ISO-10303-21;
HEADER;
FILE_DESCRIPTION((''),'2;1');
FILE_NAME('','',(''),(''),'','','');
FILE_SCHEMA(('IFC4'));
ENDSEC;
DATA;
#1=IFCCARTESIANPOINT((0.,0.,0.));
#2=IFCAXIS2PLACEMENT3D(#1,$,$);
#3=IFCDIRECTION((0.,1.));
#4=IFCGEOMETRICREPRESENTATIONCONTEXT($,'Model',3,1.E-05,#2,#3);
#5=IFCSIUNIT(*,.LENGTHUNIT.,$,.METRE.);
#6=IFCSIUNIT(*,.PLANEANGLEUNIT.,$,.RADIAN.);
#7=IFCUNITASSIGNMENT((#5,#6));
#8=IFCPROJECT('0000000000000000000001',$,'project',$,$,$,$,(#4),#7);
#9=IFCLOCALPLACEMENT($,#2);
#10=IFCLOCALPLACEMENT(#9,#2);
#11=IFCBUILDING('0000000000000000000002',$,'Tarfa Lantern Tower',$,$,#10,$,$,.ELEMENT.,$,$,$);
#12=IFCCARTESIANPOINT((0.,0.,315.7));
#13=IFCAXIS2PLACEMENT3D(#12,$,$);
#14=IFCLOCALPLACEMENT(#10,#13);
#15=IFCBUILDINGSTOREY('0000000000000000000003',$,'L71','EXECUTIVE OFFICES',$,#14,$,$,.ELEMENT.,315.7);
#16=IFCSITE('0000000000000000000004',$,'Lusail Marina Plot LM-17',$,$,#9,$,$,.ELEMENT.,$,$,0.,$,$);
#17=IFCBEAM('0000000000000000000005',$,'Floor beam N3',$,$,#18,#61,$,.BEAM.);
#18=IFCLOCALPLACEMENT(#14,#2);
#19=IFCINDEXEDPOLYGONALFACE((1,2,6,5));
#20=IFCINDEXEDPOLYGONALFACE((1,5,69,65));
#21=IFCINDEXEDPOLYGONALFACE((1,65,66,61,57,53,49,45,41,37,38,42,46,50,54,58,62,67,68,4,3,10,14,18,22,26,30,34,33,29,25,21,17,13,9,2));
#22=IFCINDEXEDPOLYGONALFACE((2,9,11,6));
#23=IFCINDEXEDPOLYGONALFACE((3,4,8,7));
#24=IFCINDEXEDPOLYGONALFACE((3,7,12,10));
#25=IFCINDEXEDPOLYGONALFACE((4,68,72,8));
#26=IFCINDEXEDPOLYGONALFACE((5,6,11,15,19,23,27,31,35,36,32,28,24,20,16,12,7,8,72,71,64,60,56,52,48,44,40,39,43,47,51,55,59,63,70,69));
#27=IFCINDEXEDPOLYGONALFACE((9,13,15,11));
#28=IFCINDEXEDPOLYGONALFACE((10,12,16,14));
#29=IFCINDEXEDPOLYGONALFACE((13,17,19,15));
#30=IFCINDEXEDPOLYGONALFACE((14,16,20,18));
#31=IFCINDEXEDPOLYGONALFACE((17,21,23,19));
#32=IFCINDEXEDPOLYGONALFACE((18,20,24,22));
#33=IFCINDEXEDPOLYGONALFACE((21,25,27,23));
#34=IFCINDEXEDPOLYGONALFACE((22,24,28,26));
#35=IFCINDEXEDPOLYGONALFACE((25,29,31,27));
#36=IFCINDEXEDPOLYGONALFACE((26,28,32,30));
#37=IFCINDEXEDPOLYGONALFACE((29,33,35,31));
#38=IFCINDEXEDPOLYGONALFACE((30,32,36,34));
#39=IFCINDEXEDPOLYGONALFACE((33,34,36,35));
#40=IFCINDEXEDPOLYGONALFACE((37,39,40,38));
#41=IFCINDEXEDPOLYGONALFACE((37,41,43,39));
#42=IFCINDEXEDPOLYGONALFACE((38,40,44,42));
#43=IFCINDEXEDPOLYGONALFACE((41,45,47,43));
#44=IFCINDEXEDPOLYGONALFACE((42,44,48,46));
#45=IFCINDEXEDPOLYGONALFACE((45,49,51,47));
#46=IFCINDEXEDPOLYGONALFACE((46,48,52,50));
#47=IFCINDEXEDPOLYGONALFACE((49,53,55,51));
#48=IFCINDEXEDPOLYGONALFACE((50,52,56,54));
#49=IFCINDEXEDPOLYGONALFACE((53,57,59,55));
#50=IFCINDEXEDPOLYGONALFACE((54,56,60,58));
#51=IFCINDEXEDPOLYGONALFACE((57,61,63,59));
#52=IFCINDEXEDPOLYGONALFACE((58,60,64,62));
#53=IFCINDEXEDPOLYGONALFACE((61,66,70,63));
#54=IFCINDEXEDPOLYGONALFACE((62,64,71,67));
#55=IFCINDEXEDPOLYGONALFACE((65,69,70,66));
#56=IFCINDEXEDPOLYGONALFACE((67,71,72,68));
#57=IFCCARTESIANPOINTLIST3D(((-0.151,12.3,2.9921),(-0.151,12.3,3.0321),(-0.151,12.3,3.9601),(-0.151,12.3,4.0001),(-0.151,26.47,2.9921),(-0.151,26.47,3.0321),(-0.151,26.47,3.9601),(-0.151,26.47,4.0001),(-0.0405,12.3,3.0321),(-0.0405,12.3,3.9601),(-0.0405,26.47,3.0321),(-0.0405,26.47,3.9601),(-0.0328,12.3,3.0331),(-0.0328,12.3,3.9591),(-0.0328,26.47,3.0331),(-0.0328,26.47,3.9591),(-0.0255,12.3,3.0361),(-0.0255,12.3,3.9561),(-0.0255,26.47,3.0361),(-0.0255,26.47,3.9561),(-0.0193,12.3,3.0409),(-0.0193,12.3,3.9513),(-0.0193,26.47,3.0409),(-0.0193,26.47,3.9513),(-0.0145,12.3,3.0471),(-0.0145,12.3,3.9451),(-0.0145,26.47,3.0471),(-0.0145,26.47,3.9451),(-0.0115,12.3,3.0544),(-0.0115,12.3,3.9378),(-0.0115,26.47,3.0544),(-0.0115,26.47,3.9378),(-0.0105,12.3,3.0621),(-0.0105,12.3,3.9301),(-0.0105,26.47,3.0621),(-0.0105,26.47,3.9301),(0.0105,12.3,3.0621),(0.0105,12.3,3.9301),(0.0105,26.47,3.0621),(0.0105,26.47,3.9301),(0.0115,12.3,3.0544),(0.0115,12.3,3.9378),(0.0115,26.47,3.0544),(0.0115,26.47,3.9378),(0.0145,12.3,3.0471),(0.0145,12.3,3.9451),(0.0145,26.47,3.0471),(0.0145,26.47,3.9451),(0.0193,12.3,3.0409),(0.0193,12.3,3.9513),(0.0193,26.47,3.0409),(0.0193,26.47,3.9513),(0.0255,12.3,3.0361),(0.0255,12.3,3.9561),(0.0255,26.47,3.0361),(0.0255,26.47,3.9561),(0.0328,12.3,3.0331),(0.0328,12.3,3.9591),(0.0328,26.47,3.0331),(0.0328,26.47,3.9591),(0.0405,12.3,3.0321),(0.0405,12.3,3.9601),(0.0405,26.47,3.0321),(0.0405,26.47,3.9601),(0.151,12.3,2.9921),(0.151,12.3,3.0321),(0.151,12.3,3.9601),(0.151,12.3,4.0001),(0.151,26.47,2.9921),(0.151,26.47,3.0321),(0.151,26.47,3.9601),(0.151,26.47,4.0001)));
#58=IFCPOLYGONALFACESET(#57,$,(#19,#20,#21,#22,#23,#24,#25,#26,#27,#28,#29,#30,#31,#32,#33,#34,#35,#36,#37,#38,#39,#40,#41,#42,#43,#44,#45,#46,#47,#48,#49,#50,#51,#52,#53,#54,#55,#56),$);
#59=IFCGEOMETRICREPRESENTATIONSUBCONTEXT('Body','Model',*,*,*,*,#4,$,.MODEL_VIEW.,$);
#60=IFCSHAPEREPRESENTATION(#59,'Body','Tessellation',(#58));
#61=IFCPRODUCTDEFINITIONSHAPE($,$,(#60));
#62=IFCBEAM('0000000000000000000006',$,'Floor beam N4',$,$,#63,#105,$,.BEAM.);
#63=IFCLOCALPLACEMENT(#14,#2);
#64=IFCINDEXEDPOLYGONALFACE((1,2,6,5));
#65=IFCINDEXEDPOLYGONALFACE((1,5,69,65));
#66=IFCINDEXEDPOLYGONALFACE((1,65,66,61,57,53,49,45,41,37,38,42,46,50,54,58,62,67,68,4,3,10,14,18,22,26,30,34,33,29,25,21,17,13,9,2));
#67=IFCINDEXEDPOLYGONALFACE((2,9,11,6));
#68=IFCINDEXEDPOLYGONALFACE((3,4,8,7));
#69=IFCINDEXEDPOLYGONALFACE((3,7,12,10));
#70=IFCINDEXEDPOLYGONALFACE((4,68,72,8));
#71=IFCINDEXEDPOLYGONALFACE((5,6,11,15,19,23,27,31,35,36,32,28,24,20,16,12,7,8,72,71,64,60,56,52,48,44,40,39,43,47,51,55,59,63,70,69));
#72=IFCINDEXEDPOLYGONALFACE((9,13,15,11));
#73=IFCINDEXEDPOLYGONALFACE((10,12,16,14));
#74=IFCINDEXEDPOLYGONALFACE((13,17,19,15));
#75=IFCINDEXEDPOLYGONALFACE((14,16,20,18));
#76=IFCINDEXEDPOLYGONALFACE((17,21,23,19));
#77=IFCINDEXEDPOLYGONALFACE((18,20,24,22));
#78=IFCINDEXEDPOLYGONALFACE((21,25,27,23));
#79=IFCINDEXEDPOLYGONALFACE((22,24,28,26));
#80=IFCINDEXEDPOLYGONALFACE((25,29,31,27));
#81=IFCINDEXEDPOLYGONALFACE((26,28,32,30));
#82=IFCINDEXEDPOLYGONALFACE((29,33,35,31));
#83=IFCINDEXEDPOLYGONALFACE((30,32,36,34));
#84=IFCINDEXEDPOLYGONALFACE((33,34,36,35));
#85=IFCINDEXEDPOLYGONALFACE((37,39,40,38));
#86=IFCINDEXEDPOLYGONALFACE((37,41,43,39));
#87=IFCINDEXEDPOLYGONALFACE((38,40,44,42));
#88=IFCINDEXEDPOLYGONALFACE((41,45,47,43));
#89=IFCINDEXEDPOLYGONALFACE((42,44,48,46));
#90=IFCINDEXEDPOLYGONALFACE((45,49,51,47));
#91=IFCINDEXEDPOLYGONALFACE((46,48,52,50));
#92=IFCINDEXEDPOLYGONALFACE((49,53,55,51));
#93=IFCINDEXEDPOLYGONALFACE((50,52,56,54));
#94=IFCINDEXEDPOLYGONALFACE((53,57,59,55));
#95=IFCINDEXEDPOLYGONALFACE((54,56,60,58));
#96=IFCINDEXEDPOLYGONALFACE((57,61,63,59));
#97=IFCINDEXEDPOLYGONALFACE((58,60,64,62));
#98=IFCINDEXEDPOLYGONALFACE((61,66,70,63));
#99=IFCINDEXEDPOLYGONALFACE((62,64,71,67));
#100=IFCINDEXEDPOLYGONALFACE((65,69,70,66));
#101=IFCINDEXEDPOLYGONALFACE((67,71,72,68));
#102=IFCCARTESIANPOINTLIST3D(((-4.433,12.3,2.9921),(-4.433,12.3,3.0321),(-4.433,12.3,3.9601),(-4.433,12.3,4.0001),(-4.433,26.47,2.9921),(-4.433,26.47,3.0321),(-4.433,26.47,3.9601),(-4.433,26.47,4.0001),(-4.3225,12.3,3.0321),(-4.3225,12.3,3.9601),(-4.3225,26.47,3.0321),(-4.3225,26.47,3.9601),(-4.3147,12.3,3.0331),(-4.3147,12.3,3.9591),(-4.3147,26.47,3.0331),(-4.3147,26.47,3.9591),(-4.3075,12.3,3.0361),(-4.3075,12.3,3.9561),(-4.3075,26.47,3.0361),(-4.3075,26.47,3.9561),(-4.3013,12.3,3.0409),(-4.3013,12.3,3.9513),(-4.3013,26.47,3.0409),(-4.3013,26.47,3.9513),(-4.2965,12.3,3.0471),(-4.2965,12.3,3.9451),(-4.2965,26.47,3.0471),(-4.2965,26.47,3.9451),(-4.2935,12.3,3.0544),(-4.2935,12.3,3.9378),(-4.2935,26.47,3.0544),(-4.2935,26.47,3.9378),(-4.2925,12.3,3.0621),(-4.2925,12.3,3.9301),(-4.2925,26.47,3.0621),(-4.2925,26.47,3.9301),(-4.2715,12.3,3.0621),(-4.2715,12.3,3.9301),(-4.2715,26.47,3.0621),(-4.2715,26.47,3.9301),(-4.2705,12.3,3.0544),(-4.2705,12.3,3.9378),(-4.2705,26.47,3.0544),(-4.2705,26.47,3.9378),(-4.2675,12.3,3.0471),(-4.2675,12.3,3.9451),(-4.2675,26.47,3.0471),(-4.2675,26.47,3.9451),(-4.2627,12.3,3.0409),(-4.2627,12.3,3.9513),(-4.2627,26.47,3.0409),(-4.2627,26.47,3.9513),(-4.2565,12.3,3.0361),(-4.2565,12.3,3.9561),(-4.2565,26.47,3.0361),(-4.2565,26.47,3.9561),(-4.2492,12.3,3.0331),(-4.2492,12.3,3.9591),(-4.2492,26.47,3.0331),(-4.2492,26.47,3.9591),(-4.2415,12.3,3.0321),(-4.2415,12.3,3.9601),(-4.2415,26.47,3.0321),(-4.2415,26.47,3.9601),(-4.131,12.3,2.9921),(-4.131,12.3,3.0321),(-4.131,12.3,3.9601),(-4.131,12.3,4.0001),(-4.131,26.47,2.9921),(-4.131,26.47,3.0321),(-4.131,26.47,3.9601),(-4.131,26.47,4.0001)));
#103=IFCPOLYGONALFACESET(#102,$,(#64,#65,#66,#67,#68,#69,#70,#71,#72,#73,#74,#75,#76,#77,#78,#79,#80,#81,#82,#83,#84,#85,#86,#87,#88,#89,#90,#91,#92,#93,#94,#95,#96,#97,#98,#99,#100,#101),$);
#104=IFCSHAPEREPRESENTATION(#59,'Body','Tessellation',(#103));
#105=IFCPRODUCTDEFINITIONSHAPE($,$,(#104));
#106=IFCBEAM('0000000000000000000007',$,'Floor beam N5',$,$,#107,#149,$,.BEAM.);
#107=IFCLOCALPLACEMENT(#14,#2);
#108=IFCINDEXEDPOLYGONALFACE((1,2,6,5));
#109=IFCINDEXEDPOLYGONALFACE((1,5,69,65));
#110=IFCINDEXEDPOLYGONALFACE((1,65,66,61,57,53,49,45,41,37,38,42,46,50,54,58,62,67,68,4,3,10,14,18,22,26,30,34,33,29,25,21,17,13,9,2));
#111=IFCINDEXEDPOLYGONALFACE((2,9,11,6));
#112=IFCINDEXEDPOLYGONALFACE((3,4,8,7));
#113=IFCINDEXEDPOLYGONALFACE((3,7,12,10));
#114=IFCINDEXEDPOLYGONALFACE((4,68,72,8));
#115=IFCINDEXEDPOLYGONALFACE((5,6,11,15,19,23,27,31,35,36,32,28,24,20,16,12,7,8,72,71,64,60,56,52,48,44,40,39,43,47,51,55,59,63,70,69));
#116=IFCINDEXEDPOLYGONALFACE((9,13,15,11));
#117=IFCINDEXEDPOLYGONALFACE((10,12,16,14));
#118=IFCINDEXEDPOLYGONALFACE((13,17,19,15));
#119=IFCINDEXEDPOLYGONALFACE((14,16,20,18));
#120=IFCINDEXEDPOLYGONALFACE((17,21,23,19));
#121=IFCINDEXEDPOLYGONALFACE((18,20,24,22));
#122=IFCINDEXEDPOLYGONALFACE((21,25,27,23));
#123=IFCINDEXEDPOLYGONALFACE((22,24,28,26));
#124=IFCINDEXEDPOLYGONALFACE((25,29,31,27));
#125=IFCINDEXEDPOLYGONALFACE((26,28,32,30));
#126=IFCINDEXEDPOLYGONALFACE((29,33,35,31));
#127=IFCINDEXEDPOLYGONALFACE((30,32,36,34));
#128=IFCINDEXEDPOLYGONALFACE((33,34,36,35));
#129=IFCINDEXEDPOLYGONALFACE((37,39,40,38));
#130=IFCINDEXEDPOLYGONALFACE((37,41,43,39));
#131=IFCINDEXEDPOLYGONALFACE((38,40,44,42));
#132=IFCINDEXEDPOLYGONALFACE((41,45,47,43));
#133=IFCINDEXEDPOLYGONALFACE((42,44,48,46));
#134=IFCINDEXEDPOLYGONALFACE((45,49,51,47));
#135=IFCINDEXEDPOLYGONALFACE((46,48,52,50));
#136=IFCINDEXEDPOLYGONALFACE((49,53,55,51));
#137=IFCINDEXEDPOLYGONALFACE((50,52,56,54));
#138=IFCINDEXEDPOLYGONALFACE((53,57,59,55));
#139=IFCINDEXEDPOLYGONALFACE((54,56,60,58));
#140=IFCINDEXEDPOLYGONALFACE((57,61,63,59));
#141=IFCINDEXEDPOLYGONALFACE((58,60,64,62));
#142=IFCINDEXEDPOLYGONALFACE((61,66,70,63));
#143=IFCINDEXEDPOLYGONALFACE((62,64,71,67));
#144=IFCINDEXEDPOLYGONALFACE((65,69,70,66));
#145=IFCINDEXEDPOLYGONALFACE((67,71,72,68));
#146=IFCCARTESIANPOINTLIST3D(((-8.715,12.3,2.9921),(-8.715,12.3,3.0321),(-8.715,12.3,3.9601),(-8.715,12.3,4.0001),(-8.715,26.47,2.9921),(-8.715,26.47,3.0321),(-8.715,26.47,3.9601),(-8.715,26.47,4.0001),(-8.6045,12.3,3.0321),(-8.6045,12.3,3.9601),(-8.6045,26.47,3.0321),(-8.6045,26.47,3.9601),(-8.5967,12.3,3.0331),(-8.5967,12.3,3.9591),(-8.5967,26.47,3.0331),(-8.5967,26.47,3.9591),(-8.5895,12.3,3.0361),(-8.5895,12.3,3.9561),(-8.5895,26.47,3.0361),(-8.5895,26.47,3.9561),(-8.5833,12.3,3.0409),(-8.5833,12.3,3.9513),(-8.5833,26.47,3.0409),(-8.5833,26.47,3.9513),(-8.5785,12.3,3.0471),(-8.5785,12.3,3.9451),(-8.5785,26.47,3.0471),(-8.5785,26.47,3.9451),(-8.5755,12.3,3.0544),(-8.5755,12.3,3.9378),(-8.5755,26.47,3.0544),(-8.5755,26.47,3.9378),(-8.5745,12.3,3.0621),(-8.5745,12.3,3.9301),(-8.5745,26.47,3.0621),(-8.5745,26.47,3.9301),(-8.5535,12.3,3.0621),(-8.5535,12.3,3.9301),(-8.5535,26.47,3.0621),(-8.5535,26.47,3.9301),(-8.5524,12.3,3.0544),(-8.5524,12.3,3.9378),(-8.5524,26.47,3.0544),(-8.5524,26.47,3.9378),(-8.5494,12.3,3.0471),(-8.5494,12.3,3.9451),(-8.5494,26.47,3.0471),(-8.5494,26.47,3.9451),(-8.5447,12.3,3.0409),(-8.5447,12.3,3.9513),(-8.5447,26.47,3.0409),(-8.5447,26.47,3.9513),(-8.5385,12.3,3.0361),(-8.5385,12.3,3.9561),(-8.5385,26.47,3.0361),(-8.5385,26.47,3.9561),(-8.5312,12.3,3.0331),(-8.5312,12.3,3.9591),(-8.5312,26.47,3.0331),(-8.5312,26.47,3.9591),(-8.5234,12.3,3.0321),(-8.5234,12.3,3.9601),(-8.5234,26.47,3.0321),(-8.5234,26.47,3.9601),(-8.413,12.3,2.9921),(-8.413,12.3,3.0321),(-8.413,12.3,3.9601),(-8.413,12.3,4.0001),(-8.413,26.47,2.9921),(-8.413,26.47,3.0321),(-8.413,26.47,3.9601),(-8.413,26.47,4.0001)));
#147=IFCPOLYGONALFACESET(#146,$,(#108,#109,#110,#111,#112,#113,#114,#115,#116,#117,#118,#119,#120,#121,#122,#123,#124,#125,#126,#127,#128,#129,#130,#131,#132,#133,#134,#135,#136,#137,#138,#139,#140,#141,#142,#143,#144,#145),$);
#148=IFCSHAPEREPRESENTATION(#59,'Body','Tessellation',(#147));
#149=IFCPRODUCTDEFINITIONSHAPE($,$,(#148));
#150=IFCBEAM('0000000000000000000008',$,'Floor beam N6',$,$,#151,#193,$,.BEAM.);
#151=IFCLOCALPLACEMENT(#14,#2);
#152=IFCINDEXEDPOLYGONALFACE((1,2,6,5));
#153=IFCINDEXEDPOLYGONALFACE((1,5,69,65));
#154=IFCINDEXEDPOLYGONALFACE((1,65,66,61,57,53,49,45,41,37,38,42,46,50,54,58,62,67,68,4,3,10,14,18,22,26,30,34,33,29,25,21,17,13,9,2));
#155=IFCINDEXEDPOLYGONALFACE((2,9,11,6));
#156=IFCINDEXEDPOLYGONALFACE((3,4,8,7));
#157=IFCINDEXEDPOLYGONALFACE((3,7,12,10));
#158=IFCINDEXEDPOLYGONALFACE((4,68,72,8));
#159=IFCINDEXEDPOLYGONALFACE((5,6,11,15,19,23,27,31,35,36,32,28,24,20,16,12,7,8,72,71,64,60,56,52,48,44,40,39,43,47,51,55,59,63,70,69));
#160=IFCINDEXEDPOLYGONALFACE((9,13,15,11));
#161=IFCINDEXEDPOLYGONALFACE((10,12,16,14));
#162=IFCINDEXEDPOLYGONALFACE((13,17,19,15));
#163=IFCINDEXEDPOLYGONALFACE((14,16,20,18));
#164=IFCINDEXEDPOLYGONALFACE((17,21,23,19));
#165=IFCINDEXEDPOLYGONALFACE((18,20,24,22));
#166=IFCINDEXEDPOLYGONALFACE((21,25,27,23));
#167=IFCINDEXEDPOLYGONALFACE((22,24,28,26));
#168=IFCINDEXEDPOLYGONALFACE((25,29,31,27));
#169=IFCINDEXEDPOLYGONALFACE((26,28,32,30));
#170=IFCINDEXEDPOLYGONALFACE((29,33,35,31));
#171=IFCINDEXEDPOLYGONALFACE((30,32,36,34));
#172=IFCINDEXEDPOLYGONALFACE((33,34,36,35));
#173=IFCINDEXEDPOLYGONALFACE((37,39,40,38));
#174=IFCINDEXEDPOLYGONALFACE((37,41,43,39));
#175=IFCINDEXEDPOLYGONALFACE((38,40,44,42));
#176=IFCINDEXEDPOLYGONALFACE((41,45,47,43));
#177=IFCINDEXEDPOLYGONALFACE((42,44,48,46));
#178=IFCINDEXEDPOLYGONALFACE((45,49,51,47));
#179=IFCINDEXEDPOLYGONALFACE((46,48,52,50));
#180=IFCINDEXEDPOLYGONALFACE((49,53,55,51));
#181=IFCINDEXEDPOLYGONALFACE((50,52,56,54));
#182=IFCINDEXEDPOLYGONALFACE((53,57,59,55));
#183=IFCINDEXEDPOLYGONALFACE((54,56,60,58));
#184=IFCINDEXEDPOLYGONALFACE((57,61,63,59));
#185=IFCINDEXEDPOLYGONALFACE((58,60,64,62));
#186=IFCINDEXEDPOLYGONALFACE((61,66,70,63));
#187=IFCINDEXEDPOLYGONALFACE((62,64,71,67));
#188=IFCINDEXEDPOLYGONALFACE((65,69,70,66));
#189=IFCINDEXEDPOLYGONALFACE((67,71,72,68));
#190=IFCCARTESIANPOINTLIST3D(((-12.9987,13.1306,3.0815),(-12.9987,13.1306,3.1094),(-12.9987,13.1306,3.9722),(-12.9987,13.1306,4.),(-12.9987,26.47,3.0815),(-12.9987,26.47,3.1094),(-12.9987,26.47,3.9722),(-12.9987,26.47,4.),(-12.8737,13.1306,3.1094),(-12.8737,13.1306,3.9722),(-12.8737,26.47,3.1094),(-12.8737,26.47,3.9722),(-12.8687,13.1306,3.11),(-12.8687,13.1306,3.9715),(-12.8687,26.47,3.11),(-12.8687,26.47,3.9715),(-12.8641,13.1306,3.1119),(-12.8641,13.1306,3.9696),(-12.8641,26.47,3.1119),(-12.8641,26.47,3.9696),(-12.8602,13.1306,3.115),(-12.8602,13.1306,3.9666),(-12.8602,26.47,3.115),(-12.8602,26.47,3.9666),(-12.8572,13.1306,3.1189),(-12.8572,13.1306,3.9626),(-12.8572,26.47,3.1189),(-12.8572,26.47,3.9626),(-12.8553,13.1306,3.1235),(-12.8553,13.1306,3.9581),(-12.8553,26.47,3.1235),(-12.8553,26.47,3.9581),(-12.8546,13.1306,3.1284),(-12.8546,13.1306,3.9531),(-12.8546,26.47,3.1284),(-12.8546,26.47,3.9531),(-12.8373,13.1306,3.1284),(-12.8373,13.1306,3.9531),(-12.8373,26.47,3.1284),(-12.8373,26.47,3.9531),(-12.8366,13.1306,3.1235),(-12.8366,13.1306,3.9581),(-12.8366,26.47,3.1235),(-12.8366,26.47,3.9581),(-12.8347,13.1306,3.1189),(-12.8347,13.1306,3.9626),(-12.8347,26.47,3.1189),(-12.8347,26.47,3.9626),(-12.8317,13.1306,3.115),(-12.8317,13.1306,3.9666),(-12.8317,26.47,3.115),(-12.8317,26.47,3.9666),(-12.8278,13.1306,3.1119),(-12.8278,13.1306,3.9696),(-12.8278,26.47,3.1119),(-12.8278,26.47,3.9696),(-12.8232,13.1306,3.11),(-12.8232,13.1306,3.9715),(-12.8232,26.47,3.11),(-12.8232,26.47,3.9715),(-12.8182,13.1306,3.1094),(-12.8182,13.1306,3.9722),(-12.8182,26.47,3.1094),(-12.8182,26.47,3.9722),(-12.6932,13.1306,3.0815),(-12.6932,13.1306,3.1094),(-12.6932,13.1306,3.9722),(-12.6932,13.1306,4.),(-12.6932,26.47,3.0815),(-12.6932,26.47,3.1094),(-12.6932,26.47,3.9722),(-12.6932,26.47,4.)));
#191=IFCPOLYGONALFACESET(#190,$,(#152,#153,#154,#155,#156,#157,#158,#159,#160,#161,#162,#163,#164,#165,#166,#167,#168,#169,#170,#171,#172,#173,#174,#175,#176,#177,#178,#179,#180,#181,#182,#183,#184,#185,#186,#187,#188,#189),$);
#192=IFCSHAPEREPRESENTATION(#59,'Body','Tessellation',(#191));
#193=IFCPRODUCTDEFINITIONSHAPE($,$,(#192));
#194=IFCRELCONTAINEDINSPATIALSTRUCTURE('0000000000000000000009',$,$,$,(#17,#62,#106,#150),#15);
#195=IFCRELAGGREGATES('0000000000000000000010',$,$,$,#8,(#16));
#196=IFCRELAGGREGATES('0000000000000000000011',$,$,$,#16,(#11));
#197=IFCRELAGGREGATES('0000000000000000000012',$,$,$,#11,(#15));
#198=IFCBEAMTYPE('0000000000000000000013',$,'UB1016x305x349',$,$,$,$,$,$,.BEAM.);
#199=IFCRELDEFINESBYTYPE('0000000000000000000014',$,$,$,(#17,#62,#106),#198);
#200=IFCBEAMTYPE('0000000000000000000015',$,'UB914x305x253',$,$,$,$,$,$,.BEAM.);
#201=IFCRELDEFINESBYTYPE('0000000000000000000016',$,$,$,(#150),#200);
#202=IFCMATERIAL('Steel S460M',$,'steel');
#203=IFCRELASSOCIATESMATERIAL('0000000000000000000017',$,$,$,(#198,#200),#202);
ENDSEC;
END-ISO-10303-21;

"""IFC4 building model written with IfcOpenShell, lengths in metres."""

from ifc_helpers import new_model, si_unit, direction, frame, origin, origin_2d, place, context, subcontext, project, spatial, i_section, extrude, material, material_profile, profile_set, type_object, element, save


model = new_model("IFC4")

# Units and contexts
model_context = context("Model", 3, precision=1e-05, world=origin(), true_north=direction((0.0, 1.0)))
body_context = subcontext(model_context, "Body", "Model", "MODEL_VIEW")
ifc_project = project(units=[si_unit("LENGTHUNIT", "METRE"), si_unit("PLANEANGLEUNIT", "RADIAN")], contexts=[model_context])

# Site, building, storey
site_placement = place(None, origin())
site = spatial("IfcSite", under=ifc_project, at=site_placement, Name="Lusail Marina Plot LM-17", CompositionType="ELEMENT", RefElevation=0.0)
building_placement = place(site_placement, origin())
building = spatial("IfcBuilding", under=site, at=building_placement, Name="Tarfa Lantern Tower", CompositionType="ELEMENT")
storey_placement = place(building_placement, frame((0.0, 0.0, 315.7)))
storey = spatial("IfcBuildingStorey", under=building, at=storey_placement, Name="L71", Description="EXECUTIVE OFFICES", CompositionType="ELEMENT", Elevation=315.7)

# Beams
ifc_material_1 = material(Name="Steel S460M", Category="steel")
ifc_material_profile_1 = material_profile(ifc_material_1, i_section(OverallWidth=0.302, OverallDepth=1.0081, WebThickness=0.021, FlangeThickness=0.04, FilletRadius=0.03, at=origin_2d()), Name="UB1016x305x349")
ifc_profile_set_1 = profile_set([ifc_material_profile_1], Name="Steel S460M")
beam_type_1 = type_object("IfcBeamType", Name="UB1016x305x349", PredefinedType="BEAM", material=ifc_profile_set_1)
for number, where, z_axis, x_axis, name in (
    (1, (0.0, 26.47, 3.4961), (0.0, -1.0, 0.0), (1.0, 0.0, 0.0), "Floor beam N3"),
    (2, (-4.282, 26.47, 3.4961), (0.0, -1.0, 0.0), (1.0, 0.0, 0.0), "Floor beam N4"),
    (3, (-8.564, 26.47, 3.4961), (0.0, -1.0, 0.0), (1.0, 0.0, 0.0), "Floor beam N5"),
):
    element("IfcBeam", number, at=place(storey_placement, frame(where, z_axis=z_axis, x_axis=x_axis)), inside=storey, type_object=beam_type_1, Name=name, PredefinedType="BEAM", context=body_context, shape_type="SweptSolid", body=[
        extrude(i_section(OverallWidth=0.302, OverallDepth=1.0081, WebThickness=0.021, FlangeThickness=0.04, FilletRadius=0.03, at=origin_2d()), origin(), (0.0, 0.0, 1.0), 14.1699),
    ])
ifc_material_profile_2 = material_profile(ifc_material_1, i_section(OverallWidth=0.3054, OverallDepth=0.9185, WebThickness=0.0173, FlangeThickness=0.0278, FilletRadius=0.019, at=origin_2d()), Name="UB914x305x253")
ifc_profile_set_2 = profile_set([ifc_material_profile_2], Name="Steel S460M")
beam_type_2 = type_object("IfcBeamType", Name="UB914x305x253", PredefinedType="BEAM", material=ifc_profile_set_2)
beam_1_placement = place(storey_placement, frame((-12.8459, 26.47, 3.5408), z_axis=(0.0, -1.0, 0.0), x_axis=(1.0, 0.0, 0.0)))
element("IfcBeam", 4, at=beam_1_placement, inside=storey, type_object=beam_type_2, Name="Floor beam N6", PredefinedType="BEAM", context=body_context, shape_type="SweptSolid", body=[
    extrude(i_section(OverallWidth=0.3054, OverallDepth=0.9185, WebThickness=0.0173, FlangeThickness=0.0278, FilletRadius=0.019, at=origin_2d()), origin(), (0.0, 0.0, 1.0), 13.3394),
])

save(model, "model.ifc")
